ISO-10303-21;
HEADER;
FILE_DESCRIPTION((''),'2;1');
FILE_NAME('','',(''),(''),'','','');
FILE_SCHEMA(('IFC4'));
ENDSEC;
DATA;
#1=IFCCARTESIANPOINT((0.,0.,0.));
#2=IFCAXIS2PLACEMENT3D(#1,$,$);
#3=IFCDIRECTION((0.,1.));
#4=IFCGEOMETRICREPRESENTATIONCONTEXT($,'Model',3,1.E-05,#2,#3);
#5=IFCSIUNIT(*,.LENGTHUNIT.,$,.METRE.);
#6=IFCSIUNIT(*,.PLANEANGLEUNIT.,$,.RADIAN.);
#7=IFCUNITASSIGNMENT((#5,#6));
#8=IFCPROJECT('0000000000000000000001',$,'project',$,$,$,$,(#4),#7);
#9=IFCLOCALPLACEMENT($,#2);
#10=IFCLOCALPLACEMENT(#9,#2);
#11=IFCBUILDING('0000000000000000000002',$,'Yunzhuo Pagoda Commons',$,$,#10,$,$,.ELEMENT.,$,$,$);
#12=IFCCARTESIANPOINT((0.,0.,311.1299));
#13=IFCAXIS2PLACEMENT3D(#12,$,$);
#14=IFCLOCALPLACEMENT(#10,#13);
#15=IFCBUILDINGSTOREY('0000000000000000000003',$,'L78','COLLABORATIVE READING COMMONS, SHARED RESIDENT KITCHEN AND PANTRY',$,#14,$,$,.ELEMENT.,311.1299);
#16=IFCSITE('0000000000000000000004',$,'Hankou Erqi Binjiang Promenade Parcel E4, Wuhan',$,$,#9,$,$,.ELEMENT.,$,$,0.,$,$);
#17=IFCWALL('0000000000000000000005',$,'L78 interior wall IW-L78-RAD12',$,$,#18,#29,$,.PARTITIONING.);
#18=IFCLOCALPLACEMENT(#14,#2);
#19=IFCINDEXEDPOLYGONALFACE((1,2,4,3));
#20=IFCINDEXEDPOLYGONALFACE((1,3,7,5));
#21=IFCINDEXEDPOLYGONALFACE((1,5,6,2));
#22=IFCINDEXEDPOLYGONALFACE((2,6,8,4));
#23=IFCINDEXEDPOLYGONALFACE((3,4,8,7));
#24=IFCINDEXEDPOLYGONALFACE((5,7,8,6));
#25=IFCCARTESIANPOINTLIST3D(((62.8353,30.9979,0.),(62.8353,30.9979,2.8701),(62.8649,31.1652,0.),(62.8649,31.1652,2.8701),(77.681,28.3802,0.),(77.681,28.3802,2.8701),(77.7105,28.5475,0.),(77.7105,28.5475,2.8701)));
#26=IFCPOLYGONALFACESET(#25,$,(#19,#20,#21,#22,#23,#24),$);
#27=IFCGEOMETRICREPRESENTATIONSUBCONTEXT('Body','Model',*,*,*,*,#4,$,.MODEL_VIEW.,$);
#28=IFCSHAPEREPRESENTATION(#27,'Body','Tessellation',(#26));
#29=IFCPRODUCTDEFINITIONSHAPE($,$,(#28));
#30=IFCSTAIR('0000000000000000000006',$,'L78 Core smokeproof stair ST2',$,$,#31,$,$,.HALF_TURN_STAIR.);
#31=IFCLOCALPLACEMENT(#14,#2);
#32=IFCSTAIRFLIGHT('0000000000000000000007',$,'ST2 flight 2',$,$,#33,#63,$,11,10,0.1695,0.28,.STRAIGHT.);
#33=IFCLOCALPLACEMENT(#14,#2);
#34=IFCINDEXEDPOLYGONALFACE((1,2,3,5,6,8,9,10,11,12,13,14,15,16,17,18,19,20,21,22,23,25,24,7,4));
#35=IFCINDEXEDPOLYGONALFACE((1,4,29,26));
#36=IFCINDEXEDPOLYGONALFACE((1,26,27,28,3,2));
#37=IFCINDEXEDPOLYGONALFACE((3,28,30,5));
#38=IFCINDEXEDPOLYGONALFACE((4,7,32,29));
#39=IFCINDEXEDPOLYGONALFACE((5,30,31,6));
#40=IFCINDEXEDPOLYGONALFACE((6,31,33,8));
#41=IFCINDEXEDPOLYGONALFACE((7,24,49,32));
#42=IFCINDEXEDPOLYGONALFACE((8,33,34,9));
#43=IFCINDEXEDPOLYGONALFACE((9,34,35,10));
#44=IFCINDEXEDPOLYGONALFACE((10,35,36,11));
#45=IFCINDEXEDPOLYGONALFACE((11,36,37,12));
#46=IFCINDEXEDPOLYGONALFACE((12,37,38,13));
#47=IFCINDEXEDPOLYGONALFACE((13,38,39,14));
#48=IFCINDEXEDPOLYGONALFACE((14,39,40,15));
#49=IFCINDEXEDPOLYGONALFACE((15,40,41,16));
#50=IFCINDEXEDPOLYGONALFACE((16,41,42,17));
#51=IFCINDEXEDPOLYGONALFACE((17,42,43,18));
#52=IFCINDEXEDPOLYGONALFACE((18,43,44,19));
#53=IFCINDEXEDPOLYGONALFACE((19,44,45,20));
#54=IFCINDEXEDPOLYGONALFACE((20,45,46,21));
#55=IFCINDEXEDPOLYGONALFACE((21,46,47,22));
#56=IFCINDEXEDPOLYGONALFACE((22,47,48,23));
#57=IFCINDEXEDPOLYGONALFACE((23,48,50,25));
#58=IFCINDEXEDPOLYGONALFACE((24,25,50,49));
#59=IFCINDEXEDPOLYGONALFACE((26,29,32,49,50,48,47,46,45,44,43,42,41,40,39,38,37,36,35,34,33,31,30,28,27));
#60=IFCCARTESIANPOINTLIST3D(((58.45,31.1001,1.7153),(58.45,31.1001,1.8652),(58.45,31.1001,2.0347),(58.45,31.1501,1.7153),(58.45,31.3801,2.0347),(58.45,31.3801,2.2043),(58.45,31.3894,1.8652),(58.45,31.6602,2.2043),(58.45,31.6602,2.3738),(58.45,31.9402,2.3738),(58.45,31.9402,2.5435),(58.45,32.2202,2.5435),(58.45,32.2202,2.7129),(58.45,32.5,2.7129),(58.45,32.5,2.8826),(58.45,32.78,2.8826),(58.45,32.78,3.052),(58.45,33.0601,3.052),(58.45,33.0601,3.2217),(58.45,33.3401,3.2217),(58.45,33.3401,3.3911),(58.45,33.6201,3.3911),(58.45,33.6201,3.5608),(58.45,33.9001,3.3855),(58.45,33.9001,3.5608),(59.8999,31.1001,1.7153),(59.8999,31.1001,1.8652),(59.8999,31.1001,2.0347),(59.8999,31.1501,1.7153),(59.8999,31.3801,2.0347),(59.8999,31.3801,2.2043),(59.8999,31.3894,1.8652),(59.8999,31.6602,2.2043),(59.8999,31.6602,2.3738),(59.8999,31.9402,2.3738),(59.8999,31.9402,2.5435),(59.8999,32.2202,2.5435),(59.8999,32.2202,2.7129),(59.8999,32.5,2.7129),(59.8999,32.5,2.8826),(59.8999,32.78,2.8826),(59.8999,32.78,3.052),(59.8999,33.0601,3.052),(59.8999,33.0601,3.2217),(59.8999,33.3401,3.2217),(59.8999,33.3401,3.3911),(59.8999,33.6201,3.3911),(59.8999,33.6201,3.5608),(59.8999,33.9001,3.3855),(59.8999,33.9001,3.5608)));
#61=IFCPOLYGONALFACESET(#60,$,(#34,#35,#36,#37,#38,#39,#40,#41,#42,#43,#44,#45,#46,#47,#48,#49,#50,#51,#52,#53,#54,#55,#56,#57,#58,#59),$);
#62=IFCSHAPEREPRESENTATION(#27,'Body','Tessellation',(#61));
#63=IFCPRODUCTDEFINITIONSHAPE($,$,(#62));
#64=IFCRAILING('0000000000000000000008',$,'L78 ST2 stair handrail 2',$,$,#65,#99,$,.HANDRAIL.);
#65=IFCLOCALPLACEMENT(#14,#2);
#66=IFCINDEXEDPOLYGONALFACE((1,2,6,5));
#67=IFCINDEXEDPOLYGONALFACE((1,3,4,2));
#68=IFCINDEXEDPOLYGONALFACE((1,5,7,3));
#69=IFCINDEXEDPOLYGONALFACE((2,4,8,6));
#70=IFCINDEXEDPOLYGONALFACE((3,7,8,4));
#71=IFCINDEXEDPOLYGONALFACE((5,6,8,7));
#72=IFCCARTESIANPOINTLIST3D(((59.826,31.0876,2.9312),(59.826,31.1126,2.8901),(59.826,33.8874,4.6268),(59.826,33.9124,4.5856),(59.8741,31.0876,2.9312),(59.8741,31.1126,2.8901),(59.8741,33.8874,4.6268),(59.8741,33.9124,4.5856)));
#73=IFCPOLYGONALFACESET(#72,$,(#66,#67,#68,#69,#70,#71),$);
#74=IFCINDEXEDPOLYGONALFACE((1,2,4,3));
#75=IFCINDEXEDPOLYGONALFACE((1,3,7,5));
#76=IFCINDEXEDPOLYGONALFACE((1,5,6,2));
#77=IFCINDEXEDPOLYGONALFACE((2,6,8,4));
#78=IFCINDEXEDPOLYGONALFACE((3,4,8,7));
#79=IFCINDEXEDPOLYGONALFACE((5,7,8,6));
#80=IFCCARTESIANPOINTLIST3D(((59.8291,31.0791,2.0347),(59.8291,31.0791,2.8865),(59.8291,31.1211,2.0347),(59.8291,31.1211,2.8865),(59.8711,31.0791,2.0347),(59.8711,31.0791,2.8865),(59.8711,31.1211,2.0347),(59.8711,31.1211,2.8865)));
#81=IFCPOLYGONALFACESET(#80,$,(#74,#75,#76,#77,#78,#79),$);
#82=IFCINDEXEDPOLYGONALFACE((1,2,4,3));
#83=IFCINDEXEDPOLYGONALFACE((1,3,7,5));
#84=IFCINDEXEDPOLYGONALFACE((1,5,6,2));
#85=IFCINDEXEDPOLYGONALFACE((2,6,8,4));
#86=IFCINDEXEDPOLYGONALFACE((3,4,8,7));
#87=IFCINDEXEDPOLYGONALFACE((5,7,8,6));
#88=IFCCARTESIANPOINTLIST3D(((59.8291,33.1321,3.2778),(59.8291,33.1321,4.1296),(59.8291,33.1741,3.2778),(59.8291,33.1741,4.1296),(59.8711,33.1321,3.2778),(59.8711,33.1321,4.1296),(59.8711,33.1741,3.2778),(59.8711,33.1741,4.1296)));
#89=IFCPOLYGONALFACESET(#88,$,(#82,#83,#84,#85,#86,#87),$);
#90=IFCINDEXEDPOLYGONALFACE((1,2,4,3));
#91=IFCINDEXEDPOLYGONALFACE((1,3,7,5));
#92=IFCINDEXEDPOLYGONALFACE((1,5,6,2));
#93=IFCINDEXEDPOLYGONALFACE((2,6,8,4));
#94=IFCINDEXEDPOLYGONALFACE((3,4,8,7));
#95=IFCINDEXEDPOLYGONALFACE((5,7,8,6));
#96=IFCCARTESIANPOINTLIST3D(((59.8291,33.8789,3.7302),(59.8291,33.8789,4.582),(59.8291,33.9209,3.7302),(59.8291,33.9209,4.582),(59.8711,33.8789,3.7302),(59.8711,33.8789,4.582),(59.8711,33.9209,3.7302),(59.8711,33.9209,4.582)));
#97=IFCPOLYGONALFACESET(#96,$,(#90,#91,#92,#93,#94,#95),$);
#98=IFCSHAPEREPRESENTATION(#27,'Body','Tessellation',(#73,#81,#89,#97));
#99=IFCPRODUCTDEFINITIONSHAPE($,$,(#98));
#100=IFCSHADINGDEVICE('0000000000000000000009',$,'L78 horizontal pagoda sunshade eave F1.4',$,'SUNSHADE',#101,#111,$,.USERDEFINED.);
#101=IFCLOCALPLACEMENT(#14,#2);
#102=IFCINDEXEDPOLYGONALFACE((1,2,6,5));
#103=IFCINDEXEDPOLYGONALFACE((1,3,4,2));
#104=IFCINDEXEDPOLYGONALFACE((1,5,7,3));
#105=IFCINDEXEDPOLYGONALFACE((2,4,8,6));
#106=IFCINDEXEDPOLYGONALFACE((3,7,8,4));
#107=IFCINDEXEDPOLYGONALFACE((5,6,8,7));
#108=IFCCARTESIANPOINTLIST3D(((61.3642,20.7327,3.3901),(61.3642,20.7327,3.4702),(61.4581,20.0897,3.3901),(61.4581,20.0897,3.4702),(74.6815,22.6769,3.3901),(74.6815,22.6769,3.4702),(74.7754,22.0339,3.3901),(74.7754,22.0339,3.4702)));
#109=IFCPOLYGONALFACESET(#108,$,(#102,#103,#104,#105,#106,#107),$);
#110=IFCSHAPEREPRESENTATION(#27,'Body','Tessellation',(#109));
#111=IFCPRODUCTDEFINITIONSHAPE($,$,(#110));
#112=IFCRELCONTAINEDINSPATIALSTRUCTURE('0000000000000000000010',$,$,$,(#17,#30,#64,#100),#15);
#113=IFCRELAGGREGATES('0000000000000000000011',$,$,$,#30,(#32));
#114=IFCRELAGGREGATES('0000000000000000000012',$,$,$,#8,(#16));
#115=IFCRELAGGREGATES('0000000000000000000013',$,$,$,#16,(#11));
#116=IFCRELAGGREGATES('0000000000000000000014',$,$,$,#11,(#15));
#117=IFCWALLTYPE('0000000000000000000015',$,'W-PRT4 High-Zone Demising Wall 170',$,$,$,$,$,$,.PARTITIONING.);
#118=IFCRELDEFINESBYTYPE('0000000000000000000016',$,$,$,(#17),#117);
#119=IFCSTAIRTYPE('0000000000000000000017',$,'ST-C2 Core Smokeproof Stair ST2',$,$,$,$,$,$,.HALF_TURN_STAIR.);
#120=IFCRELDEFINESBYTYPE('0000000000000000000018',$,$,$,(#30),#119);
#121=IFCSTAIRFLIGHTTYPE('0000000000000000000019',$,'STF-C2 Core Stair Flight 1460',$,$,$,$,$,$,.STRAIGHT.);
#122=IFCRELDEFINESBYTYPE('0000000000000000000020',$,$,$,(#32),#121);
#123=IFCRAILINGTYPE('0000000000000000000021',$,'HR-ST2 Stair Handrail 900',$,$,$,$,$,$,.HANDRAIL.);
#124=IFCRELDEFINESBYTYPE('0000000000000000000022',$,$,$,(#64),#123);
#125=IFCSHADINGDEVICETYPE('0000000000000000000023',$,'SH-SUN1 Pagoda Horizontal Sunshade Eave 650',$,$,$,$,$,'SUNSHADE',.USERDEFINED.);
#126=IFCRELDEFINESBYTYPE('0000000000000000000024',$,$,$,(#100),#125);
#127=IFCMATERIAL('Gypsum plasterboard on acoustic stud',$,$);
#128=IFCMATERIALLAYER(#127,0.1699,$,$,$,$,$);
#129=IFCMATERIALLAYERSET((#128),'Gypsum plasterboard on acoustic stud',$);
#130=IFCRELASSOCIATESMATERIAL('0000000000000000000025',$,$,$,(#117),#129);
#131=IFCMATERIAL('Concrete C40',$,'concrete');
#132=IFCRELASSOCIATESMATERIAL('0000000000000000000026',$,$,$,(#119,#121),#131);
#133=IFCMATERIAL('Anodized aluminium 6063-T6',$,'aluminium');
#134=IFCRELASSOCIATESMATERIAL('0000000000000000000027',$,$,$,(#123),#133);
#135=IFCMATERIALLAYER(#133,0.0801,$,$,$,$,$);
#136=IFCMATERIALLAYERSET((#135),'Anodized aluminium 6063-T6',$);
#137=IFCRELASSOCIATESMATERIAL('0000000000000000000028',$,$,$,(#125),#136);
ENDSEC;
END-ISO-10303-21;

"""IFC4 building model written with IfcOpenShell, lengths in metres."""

from ifc_helpers import new_model, si_unit, direction, frame, frame_2d, origin, origin_2d, place, context, subcontext, project, spatial, polyline, rectangle, outline, extrude, source, transform, mapped, material, layer, layer_set, type_object, element, aggregate, save


model = new_model("IFC4")

# Units and contexts
model_context = context("Model", 3, precision=1e-05, world=origin(), true_north=direction((0.0, 1.0)))
body_context = subcontext(model_context, "Body", "Model", "MODEL_VIEW")
ifc_project = project(units=[si_unit("LENGTHUNIT", "METRE"), si_unit("PLANEANGLEUNIT", "RADIAN")], contexts=[model_context])

# Site, building, storey
site_placement = place(None, origin())
site = spatial("IfcSite", under=ifc_project, at=site_placement, Name="Hankou Erqi Binjiang Promenade Parcel E4, Wuhan", CompositionType="ELEMENT", RefElevation=0.0)
building_placement = place(site_placement, origin())
building = spatial("IfcBuilding", under=site, at=building_placement, Name="Yunzhuo Pagoda Commons", CompositionType="ELEMENT")
storey_placement = place(building_placement, frame((0.0, 0.0, 311.1299)))
storey = spatial("IfcBuildingStorey", under=building, at=storey_placement, Name="L78", Description="COLLABORATIVE READING COMMONS, SHARED RESIDENT KITCHEN AND PANTRY", CompositionType="ELEMENT", Elevation=311.1299)

# Shared definitions
ifc_material_1 = material(Name="Anodized aluminium 6063-T6", Category="aluminium")

# Shared definitions
ifc_material_2 = material(Name="Gypsum plasterboard on acoustic stud")

# Wall
ifc_layer_1 = layer(ifc_material_2, 0.1699)
ifc_layer_set_1 = layer_set([ifc_layer_1], Name="Gypsum plasterboard on acoustic stud")
wall_type_1 = type_object("IfcWallType", Name="W-PRT4 High-Zone Demising Wall 170", PredefinedType="PARTITIONING", material=ifc_layer_set_1)
wall_1_placement = place(storey_placement, frame((62.8501, 31.0815, 0.0), z_axis=(0.0, 0.0, 1.0), x_axis=(0.984808, -0.173647, 0.0)))
element("IfcWall", 1, at=wall_1_placement, inside=storey, type_object=wall_type_1, Name="L78 interior wall IW-L78-RAD12", PredefinedType="PARTITIONING", context=body_context, shape_type="SweptSolid", body=[
    extrude(rectangle(XDim=15.0747, YDim=0.1699, at=frame_2d((7.5374, 0.0))), origin(), (0.0, 0.0, 1.0), 2.8701),
])

# Stair, stair flight
ifc_material_3 = material(Name="Concrete C40", Category="concrete")
stair_type = type_object("IfcStairType", Name="ST-C2 Core Smokeproof Stair ST2", PredefinedType="HALF_TURN_STAIR", material=ifc_material_3)
stair_placement = place(storey_placement, origin())
stair = element("IfcStair", 2, at=stair_placement, inside=storey, type_object=stair_type, Name="L78 Core smokeproof stair ST2", PredefinedType="HALF_TURN_STAIR")
stair_flight_type = type_object("IfcStairFlightType", Name="STF-C2 Core Stair Flight 1460", PredefinedType="STRAIGHT", material=ifc_material_3)
shared_shape_1 = source(origin(), body_context, "Body", "SweptSolid", [
    extrude(outline(polyline([(0.0, -0.1499), (0.0, 0.0), (0.0, 0.1694), (0.28, 0.1694), (0.28, 0.3391), (0.5601, 0.3391), (0.5601, 0.5085), (0.8401, 0.5085), (0.8401, 0.6782), (1.1201, 0.6782), (1.1201, 0.8477), (1.3999, 0.8477), (1.3999, 1.0173), (1.6799, 1.0173), (1.6799, 1.1868), (1.96, 1.1868), (1.96, 1.3564), (2.24, 1.3564), (2.24, 1.5259), (2.52, 1.5259), (2.52, 1.6956), (2.8, 1.6956), (2.8, 1.865), (2.8, 1.5203), (0.2893, 0.0), (0.05, -0.1499), (0.0, -0.1499)])), frame((0.0, 0.7251, 0.0), z_axis=(0.0, -1.0, 0.0), x_axis=(1.0, 0.0, 0.0)), (0.0, 0.0, 1.0), 1.45),
])
stair_flight_placement = place(storey_placement, frame((59.175, 31.1001, 1.8652), z_axis=(0.0, 0.0, 1.0), x_axis=(0.0, 1.0, 0.0)))
stair_flight = element("IfcStairFlight", 3, at=stair_flight_placement, type_object=stair_flight_type, Name="ST2 flight 2", NumberOfRisers=11, NumberOfTreads=10, PredefinedType="STRAIGHT", RiserHeight=0.1695, TreadLength=0.28, context=body_context, shape_type="MappedRepresentation", body=[
    mapped(shared_shape_1, transform((0.0, 0.0, 0.0), scale=1.0)),
])
aggregate(stair, [stair_flight])

# Railing
railing_type = type_object("IfcRailingType", Name="HR-ST2 Stair Handrail 900", PredefinedType="HANDRAIL", material=ifc_material_1)
railing_placement = place(storey_placement, frame((59.8501, 31.1001, 2.0347)))
element("IfcRailing", 4, at=railing_placement, inside=storey, type_object=railing_type, Name="L78 ST2 stair handrail 2", PredefinedType="HANDRAIL", context=body_context, shape_type="SweptSolid", body=[
    extrude(rectangle(XDim=0.0481, YDim=0.0481, at=origin_2d()), frame((0.0, 0.0, 0.876), z_axis=(0.0, 0.855373, 0.518012), x_axis=(-1.0, 0.0, 0.0)), (0.0, 0.0, 1.0), 3.2732),
    extrude(rectangle(XDim=0.042, YDim=0.042, at=origin_2d()), origin(), (0.0, 0.0, 1.0), 0.8518),
    extrude(rectangle(XDim=0.042, YDim=0.042, at=origin_2d()), frame((0.0, 2.053, 1.2432)), (0.0, 0.0, 1.0), 0.8518),
    extrude(rectangle(XDim=0.042, YDim=0.042, at=origin_2d()), frame((0.0, 2.7998, 1.6956)), (0.0, 0.0, 1.0), 0.8518),
])

# Shading device
ifc_layer_2 = layer(ifc_material_1, 0.0801)
ifc_layer_set_2 = layer_set([ifc_layer_2], Name="Anodized aluminium 6063-T6")
shading_device_type = type_object("IfcShadingDeviceType", Name="SH-SUN1 Pagoda Horizontal Sunshade Eave 650", ElementType="SUNSHADE", PredefinedType="USERDEFINED", material=ifc_layer_set_2)
shared_shape_2 = source(origin(), body_context, "Body", "SweptSolid", [
    extrude(rectangle(XDim=13.4585, YDim=0.6499, at=origin_2d()), origin(), (0.0, 0.0, 1.0), 0.0801),
])
shading_device_placement = place(storey_placement, frame((68.0698, 21.3833, 3.3901), z_axis=(0.0, 0.0, 1.0), x_axis=(0.989511, 0.14446, 0.0)))
element("IfcShadingDevice", 5, at=shading_device_placement, inside=storey, type_object=shading_device_type, Name="L78 horizontal pagoda sunshade eave F1.4", ObjectType="SUNSHADE", PredefinedType="USERDEFINED", context=body_context, shape_type="MappedRepresentation", body=[
    mapped(shared_shape_2, transform((0.0, 0.0, 0.0), scale=1.0)),
])

save(model, "model.ifc")
